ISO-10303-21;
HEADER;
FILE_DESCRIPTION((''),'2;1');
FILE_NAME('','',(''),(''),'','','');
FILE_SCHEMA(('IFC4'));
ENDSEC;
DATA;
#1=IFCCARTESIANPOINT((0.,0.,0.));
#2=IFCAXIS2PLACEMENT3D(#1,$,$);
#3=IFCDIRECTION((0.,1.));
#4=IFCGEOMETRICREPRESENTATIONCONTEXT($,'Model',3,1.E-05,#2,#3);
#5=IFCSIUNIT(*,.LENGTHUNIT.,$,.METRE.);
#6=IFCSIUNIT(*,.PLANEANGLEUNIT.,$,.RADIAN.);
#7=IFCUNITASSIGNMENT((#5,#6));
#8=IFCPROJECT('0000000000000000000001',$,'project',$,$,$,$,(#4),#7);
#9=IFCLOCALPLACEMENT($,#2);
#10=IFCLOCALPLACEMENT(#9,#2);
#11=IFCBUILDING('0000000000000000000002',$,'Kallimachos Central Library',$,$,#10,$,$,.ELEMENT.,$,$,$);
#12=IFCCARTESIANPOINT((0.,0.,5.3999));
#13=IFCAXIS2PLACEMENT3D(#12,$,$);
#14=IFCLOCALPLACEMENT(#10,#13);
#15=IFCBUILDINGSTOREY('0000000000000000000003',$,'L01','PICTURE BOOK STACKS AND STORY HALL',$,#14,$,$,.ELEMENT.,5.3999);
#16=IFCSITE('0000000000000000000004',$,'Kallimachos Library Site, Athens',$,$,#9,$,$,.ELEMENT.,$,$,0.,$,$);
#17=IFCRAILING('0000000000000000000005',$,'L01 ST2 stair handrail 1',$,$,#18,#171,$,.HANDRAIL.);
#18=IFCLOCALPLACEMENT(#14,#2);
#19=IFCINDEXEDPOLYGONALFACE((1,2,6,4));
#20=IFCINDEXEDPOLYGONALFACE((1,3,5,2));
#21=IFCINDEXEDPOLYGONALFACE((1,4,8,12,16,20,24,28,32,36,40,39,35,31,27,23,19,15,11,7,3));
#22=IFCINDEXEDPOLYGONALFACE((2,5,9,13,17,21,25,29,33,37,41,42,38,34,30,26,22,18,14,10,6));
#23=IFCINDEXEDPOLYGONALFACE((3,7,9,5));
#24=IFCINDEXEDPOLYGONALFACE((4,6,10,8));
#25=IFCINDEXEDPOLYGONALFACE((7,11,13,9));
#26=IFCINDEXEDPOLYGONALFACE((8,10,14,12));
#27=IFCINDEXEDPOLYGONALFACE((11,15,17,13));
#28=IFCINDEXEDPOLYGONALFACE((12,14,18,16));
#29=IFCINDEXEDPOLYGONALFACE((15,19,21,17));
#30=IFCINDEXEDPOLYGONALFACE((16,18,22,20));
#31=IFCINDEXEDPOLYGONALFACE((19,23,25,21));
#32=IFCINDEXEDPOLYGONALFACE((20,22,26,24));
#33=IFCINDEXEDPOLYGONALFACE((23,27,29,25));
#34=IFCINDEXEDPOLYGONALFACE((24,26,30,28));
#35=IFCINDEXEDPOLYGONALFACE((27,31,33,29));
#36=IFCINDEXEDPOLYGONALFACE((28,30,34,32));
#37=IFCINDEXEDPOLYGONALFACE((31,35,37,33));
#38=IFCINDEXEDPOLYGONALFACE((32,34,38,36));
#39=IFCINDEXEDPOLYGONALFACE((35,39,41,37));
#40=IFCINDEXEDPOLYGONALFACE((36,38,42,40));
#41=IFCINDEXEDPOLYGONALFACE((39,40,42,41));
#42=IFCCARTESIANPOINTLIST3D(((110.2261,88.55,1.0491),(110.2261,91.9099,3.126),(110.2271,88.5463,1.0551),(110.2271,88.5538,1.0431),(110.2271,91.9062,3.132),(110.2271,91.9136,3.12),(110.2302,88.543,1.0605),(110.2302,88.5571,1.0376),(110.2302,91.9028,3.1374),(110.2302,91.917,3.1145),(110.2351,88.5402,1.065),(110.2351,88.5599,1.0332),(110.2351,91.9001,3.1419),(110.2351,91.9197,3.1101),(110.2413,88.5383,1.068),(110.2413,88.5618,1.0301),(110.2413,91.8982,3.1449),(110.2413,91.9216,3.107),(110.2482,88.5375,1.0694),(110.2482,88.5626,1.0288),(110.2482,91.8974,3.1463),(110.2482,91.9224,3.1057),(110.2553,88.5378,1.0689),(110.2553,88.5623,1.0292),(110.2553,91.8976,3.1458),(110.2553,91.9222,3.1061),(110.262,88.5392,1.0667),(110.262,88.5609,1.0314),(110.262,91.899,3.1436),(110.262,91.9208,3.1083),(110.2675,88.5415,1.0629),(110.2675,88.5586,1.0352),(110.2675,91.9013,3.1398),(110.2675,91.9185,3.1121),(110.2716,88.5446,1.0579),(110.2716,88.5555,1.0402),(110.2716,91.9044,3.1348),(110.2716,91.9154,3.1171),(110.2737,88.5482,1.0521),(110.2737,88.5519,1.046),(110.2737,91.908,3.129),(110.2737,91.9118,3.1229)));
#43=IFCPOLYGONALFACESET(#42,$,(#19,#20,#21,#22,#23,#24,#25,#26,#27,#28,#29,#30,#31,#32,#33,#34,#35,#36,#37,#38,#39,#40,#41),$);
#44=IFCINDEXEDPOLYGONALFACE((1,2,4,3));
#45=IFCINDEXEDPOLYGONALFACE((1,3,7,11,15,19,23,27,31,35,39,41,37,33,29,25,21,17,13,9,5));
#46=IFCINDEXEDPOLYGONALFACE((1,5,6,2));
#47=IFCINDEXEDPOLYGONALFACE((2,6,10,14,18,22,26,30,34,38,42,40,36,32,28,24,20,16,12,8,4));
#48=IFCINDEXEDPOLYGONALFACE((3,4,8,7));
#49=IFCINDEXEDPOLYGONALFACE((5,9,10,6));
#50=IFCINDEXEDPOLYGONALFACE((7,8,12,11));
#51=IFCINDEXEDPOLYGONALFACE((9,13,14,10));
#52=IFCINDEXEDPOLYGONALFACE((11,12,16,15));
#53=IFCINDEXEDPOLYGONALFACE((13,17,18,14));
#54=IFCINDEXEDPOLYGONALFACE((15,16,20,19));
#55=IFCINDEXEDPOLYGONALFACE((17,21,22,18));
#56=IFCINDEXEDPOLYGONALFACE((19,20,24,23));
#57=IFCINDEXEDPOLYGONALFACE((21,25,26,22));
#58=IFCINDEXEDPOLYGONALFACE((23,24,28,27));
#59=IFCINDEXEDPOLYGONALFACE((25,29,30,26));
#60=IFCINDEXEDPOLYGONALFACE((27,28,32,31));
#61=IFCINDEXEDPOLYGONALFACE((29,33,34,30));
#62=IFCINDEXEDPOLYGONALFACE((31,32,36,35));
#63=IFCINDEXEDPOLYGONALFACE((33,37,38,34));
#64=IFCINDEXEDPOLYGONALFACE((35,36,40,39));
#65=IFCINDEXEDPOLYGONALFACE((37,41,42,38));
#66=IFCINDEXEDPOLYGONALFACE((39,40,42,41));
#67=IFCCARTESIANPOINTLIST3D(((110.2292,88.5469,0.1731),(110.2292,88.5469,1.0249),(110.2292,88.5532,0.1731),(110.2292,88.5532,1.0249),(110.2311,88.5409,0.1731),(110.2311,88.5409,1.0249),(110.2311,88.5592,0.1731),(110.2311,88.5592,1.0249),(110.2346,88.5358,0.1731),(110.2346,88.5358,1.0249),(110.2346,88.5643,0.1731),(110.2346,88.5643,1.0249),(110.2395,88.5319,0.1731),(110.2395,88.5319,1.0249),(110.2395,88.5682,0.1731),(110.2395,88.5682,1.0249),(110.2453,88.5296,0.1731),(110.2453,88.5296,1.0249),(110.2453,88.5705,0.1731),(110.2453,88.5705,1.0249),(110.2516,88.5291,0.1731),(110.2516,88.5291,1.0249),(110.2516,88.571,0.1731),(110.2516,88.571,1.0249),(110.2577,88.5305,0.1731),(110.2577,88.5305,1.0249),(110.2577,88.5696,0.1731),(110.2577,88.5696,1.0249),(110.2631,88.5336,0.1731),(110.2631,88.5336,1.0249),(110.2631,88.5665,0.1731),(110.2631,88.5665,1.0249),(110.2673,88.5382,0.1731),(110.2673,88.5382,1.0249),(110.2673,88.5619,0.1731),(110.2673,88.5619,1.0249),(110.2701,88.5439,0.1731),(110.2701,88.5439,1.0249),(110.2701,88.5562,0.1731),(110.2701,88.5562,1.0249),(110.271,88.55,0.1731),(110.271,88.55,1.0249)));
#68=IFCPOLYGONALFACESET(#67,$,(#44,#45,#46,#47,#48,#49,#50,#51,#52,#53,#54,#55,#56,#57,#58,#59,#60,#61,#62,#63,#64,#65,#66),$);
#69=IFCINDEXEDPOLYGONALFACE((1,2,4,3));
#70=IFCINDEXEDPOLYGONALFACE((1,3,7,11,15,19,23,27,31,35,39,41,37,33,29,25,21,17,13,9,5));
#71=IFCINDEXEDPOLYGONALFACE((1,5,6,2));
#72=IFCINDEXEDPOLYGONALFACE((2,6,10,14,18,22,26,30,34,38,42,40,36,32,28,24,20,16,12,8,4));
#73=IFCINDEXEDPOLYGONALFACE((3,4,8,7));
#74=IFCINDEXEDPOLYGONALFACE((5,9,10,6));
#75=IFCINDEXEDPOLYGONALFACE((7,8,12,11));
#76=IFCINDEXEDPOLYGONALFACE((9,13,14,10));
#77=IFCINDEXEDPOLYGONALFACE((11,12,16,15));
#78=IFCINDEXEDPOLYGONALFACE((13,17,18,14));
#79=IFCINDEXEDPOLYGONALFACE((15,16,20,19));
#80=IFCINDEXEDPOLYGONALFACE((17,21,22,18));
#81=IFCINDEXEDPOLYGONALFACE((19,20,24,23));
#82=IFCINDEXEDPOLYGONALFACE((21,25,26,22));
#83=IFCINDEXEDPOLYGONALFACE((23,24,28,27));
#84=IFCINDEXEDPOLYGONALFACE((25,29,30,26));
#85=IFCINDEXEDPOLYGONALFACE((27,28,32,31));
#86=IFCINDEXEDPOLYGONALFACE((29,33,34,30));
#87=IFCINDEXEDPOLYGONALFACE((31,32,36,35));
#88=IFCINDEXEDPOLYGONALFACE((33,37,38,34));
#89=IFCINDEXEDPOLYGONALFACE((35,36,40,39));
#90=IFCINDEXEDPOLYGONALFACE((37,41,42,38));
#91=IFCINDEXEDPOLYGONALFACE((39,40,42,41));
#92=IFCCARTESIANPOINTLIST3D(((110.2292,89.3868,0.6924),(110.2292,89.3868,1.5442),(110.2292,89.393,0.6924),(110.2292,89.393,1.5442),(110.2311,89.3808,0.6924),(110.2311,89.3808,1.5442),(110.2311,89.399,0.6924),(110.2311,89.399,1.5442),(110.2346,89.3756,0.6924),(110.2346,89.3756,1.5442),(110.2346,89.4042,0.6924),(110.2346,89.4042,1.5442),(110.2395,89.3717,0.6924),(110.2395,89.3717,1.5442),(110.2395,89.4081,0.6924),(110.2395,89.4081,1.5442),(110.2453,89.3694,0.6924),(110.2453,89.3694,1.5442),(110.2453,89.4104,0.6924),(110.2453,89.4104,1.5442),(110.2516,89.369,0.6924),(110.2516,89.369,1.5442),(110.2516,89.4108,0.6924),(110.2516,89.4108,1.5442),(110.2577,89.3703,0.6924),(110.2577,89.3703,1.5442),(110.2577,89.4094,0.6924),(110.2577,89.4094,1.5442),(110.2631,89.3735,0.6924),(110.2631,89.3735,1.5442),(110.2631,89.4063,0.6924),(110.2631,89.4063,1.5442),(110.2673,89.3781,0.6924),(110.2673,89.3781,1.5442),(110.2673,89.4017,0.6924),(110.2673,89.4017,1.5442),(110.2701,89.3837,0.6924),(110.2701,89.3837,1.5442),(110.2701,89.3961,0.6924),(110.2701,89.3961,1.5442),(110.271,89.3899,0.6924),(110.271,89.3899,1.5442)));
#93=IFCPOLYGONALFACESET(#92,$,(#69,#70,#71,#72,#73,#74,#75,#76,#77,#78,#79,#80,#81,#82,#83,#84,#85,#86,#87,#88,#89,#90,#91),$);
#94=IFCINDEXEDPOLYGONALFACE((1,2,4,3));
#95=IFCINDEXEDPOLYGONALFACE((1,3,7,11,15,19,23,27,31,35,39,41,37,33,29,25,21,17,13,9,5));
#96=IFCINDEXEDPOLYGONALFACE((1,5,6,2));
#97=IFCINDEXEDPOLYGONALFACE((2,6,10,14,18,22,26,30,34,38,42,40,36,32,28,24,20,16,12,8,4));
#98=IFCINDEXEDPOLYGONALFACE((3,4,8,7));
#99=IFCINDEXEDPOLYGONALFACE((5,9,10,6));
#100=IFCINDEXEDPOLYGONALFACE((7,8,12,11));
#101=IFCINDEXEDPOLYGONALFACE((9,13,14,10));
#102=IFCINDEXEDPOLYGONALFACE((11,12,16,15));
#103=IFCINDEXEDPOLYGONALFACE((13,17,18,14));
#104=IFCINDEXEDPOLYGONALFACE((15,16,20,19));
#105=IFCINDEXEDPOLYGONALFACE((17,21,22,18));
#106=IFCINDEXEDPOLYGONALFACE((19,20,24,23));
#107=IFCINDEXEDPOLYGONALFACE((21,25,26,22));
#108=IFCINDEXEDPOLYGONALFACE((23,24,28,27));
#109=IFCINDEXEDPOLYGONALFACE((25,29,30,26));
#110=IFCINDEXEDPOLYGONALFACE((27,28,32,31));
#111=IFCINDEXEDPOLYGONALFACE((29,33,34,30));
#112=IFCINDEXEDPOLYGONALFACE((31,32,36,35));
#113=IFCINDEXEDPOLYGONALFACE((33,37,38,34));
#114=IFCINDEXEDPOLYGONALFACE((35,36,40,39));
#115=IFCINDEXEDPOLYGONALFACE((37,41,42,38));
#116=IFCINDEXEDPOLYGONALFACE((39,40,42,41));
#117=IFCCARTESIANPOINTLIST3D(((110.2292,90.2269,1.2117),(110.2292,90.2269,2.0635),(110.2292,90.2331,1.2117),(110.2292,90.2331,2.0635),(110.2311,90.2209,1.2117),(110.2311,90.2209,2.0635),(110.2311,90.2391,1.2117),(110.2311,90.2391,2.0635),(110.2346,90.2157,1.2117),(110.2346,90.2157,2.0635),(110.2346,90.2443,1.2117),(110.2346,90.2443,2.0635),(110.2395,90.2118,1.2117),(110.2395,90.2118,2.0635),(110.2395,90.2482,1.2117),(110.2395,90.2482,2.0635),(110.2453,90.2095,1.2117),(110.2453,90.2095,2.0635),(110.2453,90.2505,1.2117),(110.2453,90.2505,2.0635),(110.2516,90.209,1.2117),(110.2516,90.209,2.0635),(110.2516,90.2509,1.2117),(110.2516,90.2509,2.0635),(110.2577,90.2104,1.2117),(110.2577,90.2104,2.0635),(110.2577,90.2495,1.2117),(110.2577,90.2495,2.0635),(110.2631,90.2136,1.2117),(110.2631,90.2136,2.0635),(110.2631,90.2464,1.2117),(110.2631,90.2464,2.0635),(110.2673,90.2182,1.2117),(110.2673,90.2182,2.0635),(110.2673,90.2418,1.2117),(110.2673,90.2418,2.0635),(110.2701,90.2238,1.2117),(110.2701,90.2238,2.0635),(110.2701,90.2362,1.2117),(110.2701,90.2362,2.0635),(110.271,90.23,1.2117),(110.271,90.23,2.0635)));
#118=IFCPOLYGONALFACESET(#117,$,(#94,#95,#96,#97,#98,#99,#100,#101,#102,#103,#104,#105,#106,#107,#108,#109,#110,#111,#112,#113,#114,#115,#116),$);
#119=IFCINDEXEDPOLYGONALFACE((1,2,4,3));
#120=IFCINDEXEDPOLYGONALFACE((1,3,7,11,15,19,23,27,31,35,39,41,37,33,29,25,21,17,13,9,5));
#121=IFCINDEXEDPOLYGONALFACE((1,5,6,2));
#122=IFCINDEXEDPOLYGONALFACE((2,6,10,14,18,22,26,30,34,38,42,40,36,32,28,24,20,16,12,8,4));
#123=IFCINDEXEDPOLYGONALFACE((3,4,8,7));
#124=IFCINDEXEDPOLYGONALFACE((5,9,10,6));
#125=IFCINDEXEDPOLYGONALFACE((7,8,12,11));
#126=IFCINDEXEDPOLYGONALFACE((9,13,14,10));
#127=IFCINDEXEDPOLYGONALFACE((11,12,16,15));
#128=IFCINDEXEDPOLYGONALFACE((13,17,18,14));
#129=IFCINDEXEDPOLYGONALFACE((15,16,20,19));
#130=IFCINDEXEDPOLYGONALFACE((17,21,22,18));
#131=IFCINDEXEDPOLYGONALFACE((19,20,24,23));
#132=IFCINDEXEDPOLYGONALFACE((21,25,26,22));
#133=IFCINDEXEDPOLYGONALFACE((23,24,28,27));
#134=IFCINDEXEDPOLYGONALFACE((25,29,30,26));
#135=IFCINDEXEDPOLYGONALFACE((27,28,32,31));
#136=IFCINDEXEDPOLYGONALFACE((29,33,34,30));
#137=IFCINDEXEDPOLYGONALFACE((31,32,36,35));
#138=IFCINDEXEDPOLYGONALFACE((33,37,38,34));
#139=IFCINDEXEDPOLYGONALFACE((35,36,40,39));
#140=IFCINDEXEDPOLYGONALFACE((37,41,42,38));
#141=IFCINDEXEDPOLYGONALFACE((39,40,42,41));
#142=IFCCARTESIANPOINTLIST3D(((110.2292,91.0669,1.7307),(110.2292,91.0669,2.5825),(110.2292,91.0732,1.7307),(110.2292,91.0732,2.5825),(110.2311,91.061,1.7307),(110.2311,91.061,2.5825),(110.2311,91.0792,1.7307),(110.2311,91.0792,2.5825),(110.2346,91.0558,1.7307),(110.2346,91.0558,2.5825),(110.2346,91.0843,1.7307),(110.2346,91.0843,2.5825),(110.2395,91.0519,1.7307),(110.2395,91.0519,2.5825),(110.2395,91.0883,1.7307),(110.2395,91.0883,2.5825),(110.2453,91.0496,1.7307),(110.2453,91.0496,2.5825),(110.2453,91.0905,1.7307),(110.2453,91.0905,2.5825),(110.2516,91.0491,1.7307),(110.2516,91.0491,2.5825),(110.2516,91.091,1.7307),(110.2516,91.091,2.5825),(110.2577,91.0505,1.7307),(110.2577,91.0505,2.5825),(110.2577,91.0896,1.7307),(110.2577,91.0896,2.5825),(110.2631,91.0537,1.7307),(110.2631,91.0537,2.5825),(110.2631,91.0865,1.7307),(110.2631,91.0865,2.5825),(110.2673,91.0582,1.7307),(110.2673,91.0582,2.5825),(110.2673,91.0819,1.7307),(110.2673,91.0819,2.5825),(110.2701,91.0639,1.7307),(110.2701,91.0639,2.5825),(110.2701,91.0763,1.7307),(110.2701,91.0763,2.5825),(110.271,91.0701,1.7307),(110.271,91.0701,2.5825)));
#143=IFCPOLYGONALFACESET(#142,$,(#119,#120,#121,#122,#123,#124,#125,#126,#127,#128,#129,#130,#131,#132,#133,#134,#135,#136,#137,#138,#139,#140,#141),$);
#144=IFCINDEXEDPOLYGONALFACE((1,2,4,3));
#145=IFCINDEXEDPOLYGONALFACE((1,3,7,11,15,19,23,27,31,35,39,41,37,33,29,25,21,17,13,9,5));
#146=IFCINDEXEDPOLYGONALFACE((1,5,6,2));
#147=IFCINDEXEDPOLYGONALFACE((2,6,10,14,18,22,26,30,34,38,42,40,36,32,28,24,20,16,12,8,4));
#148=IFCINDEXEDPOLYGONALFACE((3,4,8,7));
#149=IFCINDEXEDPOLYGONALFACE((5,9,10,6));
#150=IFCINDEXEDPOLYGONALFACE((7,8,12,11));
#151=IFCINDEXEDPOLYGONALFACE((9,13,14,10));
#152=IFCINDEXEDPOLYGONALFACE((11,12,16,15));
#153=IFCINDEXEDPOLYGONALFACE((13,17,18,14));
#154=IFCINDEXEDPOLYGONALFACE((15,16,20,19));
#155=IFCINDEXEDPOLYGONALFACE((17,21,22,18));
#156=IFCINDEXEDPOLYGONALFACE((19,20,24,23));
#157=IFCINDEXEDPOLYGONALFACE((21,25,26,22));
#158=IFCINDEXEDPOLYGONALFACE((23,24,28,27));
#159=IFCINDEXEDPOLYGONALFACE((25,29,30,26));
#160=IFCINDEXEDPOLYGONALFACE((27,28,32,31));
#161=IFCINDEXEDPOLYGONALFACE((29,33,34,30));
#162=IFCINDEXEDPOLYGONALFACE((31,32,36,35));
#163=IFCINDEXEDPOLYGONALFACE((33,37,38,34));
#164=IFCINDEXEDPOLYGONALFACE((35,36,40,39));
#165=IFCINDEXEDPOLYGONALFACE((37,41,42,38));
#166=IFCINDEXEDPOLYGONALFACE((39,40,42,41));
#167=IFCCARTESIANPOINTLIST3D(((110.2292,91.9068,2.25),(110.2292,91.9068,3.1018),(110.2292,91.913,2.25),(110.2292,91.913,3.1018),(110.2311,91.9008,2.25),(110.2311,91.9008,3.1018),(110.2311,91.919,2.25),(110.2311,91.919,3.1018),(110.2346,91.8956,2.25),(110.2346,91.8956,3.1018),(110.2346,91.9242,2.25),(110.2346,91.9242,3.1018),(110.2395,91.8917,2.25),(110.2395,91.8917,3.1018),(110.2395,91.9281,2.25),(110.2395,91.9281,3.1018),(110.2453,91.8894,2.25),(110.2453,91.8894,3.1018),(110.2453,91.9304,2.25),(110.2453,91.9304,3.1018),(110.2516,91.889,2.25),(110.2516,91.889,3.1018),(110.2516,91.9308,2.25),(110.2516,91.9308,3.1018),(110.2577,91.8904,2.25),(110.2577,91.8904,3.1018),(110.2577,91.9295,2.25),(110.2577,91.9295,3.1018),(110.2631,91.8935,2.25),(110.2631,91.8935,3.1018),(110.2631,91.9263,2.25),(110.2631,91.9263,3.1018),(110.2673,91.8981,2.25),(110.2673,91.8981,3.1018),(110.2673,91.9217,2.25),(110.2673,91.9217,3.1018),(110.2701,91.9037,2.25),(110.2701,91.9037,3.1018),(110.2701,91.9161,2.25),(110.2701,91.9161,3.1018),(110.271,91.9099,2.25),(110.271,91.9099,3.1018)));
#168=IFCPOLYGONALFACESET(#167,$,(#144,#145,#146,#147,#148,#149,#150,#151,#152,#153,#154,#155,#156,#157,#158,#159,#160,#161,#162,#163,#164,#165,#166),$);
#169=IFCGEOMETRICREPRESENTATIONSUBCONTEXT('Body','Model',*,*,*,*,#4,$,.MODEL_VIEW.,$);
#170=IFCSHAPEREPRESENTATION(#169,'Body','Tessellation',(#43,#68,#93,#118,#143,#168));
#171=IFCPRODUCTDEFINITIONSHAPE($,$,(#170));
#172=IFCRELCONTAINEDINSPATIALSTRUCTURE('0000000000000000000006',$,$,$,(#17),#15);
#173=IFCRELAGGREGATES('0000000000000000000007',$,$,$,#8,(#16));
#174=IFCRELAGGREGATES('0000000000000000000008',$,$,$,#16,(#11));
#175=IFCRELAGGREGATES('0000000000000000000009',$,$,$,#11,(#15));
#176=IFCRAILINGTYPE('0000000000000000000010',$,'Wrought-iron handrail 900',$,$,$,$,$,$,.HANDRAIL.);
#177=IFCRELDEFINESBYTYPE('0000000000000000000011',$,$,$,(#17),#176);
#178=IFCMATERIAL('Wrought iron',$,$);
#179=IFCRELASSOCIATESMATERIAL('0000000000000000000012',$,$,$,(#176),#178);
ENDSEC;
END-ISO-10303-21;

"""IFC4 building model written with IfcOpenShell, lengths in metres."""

from ifc_helpers import new_model, si_unit, direction, frame, origin, origin_2d, place, context, subcontext, project, spatial, circle, extrude, material, type_object, element, save


model = new_model("IFC4")

# Units and contexts
model_context = context("Model", 3, precision=1e-05, world=origin(), true_north=direction((0.0, 1.0)))
body_context = subcontext(model_context, "Body", "Model", "MODEL_VIEW")
ifc_project = project(units=[si_unit("LENGTHUNIT", "METRE"), si_unit("PLANEANGLEUNIT", "RADIAN")], contexts=[model_context])

# Site, building, storey
site_placement = place(None, origin())
site = spatial("IfcSite", under=ifc_project, at=site_placement, Name="Kallimachos Library Site, Athens", CompositionType="ELEMENT", RefElevation=0.0)
building_placement = place(site_placement, origin())
building = spatial("IfcBuilding", under=site, at=building_placement, Name="Kallimachos Central Library", CompositionType="ELEMENT")
storey_placement = place(building_placement, frame((0.0, 0.0, 5.3999)))
storey = spatial("IfcBuildingStorey", under=building, at=storey_placement, Name="L01", Description="PICTURE BOOK STACKS AND STORY HALL", CompositionType="ELEMENT", Elevation=5.3999)

# Railing
ifc_material_1 = material(Name="Wrought iron")
railing_type_1 = type_object("IfcRailingType", Name="Wrought-iron handrail 900", PredefinedType="HANDRAIL", material=ifc_material_1)
railing_1_placement = place(storey_placement, frame((110.25, 88.55, 0.1731)))
element("IfcRailing", 1, at=railing_1_placement, inside=storey, type_object=railing_type_1, Name="L01 ST2 stair handrail 1", PredefinedType="HANDRAIL", context=body_context, shape_type="SweptSolid", body=[
    extrude(circle(Radius=0.0239, at=origin_2d()), frame((0.0, 0.0, 0.876), z_axis=(0.0, 0.850606, 0.525803), x_axis=(-1.0, 0.0, 0.0)), (0.0, 0.0, 1.0), 3.95),
    extrude(circle(Radius=0.021, at=origin_2d()), origin(), (0.0, 0.0, 1.0), 0.8518),
    extrude(circle(Radius=0.021, at=origin_2d()), frame((0.0, 0.8398, 0.5193)), (0.0, 0.0, 1.0), 0.8518),
    extrude(circle(Radius=0.021, at=origin_2d()), frame((0.0, 1.6799, 1.0386)), (0.0, 0.0, 1.0), 0.8518),
    extrude(circle(Radius=0.021, at=origin_2d()), frame((0.0, 2.52, 1.5576)), (0.0, 0.0, 1.0), 0.8518),
    extrude(circle(Radius=0.021, at=origin_2d()), frame((0.0, 3.3599, 2.0769)), (0.0, 0.0, 1.0), 0.8518),
])

save(model, "model.ifc")
